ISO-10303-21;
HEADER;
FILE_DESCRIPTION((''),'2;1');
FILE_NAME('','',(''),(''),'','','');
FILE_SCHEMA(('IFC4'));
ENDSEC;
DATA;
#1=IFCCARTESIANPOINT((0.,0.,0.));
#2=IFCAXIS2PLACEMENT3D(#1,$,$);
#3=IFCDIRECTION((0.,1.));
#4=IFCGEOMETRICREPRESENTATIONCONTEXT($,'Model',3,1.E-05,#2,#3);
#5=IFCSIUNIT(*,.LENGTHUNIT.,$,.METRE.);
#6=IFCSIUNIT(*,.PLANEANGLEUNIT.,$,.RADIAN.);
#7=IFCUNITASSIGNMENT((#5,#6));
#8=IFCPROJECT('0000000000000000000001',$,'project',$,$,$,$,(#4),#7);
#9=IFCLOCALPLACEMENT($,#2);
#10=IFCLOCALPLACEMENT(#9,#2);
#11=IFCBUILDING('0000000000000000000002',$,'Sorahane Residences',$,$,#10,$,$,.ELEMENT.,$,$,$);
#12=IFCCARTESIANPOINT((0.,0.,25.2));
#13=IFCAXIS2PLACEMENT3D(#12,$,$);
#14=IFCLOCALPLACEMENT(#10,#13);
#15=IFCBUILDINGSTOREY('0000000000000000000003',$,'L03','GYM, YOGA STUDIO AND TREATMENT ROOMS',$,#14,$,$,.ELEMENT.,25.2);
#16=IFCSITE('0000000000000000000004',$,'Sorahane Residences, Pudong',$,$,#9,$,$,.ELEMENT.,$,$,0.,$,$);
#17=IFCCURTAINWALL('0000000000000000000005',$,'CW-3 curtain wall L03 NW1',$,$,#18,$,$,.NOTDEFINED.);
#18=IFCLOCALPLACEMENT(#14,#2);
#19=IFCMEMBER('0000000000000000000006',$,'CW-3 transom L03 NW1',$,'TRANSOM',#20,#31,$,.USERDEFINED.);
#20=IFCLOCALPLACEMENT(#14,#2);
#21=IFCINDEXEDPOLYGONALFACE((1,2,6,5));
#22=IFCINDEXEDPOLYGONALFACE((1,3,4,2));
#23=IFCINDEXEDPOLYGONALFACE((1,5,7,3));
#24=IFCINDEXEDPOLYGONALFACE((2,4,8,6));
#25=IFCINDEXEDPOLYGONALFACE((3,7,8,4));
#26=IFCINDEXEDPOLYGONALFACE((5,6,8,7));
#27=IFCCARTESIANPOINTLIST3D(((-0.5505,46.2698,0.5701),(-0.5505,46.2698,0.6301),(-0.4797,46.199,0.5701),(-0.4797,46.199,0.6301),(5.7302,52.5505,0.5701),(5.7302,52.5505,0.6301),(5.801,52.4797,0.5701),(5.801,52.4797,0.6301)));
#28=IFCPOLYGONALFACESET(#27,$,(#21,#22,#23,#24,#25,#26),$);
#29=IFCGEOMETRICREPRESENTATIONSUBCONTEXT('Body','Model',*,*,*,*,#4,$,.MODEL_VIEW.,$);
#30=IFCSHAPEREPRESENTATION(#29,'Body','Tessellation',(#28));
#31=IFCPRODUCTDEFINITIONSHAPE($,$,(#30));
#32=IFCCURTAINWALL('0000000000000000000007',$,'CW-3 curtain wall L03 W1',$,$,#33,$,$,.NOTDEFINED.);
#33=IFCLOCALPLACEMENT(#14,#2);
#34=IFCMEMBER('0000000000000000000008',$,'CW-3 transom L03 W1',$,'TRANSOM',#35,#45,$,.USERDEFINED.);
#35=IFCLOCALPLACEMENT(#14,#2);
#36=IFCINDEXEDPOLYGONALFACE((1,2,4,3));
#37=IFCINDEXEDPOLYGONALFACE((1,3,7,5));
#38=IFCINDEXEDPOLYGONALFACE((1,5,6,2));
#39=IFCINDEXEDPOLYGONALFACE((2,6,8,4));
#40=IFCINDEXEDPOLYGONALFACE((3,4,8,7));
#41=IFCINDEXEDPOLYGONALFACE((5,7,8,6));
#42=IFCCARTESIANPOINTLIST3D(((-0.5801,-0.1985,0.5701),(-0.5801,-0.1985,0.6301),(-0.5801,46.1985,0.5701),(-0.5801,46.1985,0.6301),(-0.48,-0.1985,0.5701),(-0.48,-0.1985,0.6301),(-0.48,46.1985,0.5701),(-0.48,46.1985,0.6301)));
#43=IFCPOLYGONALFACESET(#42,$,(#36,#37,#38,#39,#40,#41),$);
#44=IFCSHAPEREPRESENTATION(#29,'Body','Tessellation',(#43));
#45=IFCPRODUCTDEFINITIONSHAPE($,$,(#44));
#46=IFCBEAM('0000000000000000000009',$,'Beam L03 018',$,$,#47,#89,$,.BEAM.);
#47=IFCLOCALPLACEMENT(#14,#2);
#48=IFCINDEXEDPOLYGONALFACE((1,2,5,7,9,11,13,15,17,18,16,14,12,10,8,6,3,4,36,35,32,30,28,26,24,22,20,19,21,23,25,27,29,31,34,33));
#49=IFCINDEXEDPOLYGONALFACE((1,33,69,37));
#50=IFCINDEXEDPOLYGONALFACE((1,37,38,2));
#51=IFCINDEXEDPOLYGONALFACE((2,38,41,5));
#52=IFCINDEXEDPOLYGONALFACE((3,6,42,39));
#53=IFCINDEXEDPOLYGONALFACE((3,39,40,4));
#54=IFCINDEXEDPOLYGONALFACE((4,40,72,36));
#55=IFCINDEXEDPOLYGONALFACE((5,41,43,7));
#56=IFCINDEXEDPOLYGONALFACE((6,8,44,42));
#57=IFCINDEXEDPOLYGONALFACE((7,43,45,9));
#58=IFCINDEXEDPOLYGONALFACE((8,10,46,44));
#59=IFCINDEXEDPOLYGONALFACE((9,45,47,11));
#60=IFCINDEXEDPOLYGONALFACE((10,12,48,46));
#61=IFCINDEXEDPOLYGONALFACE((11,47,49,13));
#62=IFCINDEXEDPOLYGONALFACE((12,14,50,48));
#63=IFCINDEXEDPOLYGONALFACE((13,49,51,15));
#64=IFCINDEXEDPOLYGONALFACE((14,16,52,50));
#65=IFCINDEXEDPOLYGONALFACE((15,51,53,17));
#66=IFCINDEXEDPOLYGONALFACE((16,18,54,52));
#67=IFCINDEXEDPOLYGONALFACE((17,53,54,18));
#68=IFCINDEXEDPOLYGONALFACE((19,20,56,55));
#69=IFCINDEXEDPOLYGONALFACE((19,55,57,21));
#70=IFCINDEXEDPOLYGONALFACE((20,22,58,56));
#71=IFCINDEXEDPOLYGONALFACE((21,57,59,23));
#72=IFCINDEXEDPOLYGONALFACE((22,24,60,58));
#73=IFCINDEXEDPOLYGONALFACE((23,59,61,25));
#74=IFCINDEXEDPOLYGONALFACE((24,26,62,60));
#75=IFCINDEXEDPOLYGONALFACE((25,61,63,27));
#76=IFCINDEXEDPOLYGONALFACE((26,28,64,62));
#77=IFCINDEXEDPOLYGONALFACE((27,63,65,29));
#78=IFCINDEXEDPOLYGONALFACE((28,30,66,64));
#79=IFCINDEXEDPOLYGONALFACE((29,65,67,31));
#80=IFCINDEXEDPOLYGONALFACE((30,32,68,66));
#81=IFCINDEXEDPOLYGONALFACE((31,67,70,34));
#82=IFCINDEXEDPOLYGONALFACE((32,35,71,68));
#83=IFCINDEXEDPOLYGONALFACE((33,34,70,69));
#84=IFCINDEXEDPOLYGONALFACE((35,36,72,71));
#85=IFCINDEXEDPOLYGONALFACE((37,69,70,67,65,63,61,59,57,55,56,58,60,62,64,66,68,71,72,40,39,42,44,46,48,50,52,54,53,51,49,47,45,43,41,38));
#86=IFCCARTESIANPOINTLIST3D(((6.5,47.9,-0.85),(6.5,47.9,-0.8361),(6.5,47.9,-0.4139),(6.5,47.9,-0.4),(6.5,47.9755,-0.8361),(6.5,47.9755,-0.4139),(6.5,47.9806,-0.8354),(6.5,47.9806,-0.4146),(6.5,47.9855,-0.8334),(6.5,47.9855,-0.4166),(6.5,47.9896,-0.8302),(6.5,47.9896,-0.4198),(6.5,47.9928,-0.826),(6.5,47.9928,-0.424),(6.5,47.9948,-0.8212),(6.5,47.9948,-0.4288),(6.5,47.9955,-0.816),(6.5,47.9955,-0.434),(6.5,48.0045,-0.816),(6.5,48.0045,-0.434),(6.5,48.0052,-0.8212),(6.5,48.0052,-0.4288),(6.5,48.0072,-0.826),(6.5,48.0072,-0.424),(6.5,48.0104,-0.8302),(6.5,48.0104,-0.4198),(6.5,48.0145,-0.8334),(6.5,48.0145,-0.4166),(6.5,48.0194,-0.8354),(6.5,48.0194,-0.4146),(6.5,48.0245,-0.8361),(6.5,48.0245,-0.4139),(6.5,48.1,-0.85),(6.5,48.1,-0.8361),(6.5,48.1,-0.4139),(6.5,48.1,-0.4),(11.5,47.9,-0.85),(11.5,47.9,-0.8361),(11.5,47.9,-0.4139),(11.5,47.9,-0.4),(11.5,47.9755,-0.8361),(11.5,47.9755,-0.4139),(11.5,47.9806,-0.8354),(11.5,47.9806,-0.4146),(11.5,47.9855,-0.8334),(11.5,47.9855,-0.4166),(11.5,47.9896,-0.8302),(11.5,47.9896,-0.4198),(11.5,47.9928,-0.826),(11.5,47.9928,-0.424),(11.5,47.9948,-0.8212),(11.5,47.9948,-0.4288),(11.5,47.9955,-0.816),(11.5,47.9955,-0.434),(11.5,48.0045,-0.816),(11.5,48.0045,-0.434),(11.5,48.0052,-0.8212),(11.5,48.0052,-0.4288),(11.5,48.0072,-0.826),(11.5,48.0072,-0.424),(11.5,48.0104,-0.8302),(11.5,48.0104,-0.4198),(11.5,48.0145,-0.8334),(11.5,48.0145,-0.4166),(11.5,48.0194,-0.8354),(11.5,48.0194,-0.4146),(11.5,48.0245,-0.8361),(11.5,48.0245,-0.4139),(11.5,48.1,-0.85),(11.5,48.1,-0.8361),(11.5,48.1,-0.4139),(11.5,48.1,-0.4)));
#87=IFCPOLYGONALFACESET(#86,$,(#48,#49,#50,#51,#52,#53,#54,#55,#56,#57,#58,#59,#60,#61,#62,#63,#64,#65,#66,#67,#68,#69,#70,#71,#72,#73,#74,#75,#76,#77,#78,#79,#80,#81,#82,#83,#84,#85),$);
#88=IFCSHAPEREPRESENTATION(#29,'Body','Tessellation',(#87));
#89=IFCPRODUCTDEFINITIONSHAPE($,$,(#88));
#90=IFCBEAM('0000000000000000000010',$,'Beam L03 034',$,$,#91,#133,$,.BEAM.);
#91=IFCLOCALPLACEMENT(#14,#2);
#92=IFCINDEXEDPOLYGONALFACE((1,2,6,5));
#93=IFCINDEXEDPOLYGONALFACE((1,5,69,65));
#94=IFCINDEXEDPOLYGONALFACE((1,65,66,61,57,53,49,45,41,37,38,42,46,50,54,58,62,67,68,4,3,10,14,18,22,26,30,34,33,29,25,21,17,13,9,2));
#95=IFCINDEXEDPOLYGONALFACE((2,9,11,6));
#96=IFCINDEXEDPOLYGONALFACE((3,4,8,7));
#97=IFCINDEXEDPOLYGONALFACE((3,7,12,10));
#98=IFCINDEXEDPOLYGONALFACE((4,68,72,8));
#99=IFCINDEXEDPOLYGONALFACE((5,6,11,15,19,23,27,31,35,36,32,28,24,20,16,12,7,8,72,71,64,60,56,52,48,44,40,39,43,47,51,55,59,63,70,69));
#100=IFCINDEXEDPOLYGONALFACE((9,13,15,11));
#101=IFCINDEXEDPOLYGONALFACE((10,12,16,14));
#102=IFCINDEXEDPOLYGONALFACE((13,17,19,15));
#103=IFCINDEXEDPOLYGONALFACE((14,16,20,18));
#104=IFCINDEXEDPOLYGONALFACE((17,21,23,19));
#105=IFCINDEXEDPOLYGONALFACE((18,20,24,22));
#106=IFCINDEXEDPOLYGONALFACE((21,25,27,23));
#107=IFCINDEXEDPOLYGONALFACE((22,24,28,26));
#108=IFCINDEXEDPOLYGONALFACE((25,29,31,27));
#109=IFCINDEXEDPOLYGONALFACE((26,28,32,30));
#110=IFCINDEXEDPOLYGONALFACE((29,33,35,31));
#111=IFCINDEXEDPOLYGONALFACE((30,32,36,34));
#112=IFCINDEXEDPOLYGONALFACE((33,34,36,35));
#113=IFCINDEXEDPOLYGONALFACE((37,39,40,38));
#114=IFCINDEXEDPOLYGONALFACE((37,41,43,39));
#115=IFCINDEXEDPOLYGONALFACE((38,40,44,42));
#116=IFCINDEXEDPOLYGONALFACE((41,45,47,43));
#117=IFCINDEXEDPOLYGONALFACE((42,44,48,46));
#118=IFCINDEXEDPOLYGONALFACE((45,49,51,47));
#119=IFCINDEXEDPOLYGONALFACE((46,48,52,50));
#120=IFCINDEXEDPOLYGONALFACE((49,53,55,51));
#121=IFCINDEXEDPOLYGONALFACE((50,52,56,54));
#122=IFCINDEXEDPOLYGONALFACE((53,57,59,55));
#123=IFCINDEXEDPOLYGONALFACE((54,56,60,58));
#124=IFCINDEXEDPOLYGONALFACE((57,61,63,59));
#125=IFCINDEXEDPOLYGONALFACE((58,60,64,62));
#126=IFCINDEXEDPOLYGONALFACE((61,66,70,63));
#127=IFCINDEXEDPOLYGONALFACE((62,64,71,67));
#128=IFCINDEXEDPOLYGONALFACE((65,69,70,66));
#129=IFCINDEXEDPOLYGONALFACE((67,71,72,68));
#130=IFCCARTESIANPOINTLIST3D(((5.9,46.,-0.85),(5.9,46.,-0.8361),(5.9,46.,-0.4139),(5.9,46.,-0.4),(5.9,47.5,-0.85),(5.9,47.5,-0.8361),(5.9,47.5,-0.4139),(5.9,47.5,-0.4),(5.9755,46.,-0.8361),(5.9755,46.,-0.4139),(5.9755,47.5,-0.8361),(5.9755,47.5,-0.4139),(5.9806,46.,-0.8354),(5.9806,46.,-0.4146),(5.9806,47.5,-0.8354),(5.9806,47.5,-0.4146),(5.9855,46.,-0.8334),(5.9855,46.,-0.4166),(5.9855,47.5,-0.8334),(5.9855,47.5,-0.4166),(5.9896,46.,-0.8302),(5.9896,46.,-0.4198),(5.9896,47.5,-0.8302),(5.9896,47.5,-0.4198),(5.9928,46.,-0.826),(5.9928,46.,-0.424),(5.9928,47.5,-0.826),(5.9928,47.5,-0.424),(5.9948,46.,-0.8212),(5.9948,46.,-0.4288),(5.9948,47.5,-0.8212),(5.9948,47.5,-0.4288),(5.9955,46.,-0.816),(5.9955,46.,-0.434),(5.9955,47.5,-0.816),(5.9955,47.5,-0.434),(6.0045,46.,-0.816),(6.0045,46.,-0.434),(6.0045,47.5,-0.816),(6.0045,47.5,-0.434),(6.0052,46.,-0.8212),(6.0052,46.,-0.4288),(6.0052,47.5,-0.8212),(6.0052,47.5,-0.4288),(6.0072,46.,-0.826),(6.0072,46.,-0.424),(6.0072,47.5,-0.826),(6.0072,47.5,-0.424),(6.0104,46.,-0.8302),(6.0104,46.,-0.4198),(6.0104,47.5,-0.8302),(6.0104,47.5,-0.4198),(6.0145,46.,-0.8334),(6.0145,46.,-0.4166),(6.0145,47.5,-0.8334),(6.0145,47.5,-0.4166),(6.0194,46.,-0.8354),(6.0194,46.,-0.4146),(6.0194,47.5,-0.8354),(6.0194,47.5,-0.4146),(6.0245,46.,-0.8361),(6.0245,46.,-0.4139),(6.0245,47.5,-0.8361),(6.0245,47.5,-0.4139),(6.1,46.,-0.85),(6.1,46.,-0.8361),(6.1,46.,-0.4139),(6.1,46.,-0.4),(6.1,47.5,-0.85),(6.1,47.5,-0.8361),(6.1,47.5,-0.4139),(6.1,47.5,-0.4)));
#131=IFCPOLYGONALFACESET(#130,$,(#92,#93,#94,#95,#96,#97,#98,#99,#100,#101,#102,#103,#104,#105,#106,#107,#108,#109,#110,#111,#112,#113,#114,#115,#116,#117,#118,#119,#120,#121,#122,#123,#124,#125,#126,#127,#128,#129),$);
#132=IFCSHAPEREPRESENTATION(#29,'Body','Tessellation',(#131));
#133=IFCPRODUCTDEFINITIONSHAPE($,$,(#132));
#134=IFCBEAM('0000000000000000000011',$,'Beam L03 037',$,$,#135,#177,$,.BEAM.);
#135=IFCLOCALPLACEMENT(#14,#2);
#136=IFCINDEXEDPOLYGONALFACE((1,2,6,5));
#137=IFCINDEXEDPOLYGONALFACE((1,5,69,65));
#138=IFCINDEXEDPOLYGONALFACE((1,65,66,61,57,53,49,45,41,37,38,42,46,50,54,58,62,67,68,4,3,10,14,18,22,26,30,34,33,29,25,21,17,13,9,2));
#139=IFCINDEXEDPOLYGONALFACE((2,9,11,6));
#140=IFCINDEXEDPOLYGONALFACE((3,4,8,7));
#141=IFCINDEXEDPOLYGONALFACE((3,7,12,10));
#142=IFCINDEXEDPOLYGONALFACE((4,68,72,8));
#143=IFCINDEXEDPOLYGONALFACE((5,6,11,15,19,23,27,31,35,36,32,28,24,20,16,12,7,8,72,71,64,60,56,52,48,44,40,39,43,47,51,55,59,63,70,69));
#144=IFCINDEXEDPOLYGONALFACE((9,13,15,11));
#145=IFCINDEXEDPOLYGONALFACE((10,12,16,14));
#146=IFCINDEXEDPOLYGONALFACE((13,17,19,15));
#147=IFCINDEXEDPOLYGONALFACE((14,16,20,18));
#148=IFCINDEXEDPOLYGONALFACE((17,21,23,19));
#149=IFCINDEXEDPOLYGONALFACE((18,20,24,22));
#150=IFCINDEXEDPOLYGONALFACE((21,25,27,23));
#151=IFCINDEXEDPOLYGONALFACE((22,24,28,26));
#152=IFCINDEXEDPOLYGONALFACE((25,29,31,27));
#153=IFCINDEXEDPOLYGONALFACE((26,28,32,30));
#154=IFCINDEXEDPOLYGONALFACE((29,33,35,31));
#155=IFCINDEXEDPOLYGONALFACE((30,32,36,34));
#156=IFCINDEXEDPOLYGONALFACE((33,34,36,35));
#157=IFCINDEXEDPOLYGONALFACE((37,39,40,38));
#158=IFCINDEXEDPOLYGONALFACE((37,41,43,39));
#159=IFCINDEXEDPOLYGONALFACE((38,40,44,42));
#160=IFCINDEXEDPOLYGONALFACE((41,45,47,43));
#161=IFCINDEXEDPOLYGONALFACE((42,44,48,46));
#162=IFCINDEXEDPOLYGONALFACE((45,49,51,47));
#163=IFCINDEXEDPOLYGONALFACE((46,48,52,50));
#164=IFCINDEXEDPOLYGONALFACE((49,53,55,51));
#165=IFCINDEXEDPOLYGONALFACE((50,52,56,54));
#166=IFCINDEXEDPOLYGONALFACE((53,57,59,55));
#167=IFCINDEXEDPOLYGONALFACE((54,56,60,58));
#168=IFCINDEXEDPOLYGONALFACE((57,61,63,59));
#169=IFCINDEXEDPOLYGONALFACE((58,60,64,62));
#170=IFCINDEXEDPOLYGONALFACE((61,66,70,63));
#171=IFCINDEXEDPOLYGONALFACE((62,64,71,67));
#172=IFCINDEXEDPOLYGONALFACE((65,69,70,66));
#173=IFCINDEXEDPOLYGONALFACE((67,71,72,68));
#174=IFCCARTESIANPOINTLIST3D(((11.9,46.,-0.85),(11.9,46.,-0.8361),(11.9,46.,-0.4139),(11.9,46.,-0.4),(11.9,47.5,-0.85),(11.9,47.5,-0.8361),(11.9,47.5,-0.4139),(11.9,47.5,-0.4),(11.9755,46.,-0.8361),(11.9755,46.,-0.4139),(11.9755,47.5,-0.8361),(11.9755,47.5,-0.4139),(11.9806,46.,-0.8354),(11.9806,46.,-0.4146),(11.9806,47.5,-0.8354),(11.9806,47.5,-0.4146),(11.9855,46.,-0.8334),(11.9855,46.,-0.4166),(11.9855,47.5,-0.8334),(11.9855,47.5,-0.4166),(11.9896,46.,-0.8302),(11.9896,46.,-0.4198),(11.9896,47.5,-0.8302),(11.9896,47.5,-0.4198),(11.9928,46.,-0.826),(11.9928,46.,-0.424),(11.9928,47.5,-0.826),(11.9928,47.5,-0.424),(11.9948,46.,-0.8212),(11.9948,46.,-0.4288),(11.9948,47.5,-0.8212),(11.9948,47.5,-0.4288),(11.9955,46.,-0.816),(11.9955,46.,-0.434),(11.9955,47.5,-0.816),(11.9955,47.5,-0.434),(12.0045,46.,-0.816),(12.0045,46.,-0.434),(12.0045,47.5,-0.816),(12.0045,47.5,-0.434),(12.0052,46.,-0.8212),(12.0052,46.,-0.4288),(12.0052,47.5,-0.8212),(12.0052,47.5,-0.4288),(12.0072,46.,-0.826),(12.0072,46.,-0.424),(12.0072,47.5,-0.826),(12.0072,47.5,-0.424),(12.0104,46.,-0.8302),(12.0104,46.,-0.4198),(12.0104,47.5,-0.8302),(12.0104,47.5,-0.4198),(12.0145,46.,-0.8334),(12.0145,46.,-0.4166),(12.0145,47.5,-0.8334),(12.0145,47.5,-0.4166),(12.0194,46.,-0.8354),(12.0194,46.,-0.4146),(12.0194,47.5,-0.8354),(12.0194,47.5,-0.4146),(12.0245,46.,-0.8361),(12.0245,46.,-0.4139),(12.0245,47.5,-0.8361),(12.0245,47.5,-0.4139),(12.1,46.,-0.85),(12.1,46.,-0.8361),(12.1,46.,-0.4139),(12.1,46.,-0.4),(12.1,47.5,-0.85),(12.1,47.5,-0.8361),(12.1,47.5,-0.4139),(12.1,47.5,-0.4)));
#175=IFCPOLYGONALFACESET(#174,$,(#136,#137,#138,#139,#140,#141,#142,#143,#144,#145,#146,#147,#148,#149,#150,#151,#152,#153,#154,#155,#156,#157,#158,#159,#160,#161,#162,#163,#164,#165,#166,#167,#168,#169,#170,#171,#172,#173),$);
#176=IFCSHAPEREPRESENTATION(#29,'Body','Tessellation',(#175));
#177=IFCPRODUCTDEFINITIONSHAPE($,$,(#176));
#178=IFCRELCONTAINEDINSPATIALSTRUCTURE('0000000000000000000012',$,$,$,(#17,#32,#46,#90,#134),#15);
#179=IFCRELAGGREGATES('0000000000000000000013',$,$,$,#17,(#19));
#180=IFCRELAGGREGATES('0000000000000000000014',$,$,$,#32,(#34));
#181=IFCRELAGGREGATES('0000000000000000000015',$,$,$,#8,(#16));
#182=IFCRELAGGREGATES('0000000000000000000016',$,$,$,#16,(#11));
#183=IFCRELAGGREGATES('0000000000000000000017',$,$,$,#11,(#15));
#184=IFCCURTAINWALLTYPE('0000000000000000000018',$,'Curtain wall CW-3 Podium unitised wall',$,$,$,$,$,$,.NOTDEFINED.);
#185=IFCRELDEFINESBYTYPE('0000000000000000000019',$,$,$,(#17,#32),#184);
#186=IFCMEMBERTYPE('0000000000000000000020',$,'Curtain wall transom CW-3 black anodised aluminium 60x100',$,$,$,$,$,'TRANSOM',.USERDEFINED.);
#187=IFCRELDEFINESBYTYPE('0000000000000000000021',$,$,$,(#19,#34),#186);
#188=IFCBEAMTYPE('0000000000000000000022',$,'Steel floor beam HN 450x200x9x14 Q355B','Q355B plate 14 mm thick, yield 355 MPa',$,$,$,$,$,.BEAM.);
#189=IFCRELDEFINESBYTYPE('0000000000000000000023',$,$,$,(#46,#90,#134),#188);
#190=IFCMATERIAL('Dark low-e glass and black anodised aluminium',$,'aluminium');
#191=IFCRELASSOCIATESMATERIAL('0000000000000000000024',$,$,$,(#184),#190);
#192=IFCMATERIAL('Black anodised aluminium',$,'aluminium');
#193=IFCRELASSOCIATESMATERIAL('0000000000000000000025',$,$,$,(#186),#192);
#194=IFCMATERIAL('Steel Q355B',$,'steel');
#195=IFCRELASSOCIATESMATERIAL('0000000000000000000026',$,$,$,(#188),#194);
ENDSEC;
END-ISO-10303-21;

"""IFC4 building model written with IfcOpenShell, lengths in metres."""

from ifc_helpers import new_model, si_unit, direction, frame, origin, origin_2d, place, context, subcontext, project, spatial, rectangle, i_section, extrude, material, material_profile, profile_set, type_object, element, aggregate, save


model = new_model("IFC4")

# Units and contexts
model_context = context("Model", 3, precision=1e-05, world=origin(), true_north=direction((0.0, 1.0)))
body_context = subcontext(model_context, "Body", "Model", "MODEL_VIEW")
ifc_project = project(units=[si_unit("LENGTHUNIT", "METRE"), si_unit("PLANEANGLEUNIT", "RADIAN")], contexts=[model_context])

# Site, building, storey
site_placement = place(None, origin())
site = spatial("IfcSite", under=ifc_project, at=site_placement, Name="Sorahane Residences, Pudong", CompositionType="ELEMENT", RefElevation=0.0)
building_placement = place(site_placement, origin())
building = spatial("IfcBuilding", under=site, at=building_placement, Name="Sorahane Residences", CompositionType="ELEMENT")
storey_placement = place(building_placement, frame((0.0, 0.0, 25.2)))
storey = spatial("IfcBuildingStorey", under=building, at=storey_placement, Name="L03", Description="GYM, YOGA STUDIO AND TREATMENT ROOMS", CompositionType="ELEMENT", Elevation=25.2)

# Curtain wall, member
ifc_material_1 = material(Name="Dark low-e glass and black anodised aluminium", Category="aluminium")
curtain_wall_type = type_object("IfcCurtainWallType", Name="Curtain wall CW-3 Podium unitised wall", PredefinedType="NOTDEFINED", material=ifc_material_1)
curtain_wall_1_placement = place(storey_placement, origin())
curtain_wall_1 = element("IfcCurtainWall", 1, at=curtain_wall_1_placement, inside=storey, type_object=curtain_wall_type, Name="CW-3 curtain wall L03 NW1", PredefinedType="NOTDEFINED")
ifc_material_2 = material(Name="Black anodised aluminium", Category="aluminium")
ifc_material_profile_1 = material_profile(ifc_material_2, rectangle(XDim=0.1001, YDim=0.0601, at=origin_2d()), Name="Curtain wall transom CW-3 black anodised aluminium 60x100")
ifc_profile_set_1 = profile_set([ifc_material_profile_1], Name="Black anodised aluminium")
member_type_1 = type_object("IfcMemberType", Name="Curtain wall transom CW-3 black anodised aluminium 60x100", ElementType="TRANSOM", PredefinedType="USERDEFINED", material=ifc_profile_set_1)
member_1_placement = place(storey_placement, frame((5.7656, 52.5151, 0.6001), z_axis=(-0.707107, -0.707107, 0.0), x_axis=(0.707107, -0.707107, 0.0)))
member_1 = element("IfcMember", 2, at=member_1_placement, type_object=member_type_1, Name="CW-3 transom L03 NW1", ObjectType="TRANSOM", PredefinedType="USERDEFINED", context=body_context, shape_type="SweptSolid", body=[
    extrude(rectangle(XDim=0.1001, YDim=0.0601, at=origin_2d()), origin(), (0.0, 0.0, 1.0), 8.8823),
])

# Curtain wall, member
curtain_wall_2_placement = place(storey_placement, origin())
curtain_wall_2 = element("IfcCurtainWall", 3, at=curtain_wall_2_placement, inside=storey, type_object=curtain_wall_type, Name="CW-3 curtain wall L03 W1", PredefinedType="NOTDEFINED")
member_2_placement = place(storey_placement, frame((-0.53, 46.1985, 0.6001), z_axis=(0.0, -1.0, 0.0), x_axis=(1.0, 0.0, 0.0)))
member_2 = element("IfcMember", 4, at=member_2_placement, type_object=member_type_1, Name="CW-3 transom L03 W1", ObjectType="TRANSOM", PredefinedType="USERDEFINED", context=body_context, shape_type="SweptSolid", body=[
    extrude(rectangle(XDim=0.1001, YDim=0.0601, at=origin_2d()), origin(), (0.0, 0.0, 1.0), 46.397),
])

# Beams
ifc_material_3 = material(Name="Steel Q355B", Category="steel")
ifc_material_profile_2 = material_profile(ifc_material_3, i_section(OverallWidth=0.2, OverallDepth=0.45, WebThickness=0.009, FlangeThickness=0.0139, FilletRadius=0.02, at=origin_2d()), Name="HN 450x200x9x14")
ifc_profile_set_2 = profile_set([ifc_material_profile_2], Name="Steel Q355B")
beam_type_1 = type_object("IfcBeamType", Name="Steel floor beam HN 450x200x9x14 Q355B", Description="Q355B plate 14 mm thick, yield 355 MPa", PredefinedType="BEAM", material=ifc_profile_set_2)
beam_1_placement = place(storey_placement, frame((6.5, 48.0, -0.625), z_axis=(1.0, 0.0, 0.0), x_axis=(0.0, 1.0, 0.0)))
element("IfcBeam", 5, at=beam_1_placement, inside=storey, type_object=beam_type_1, Name="Beam L03 018", PredefinedType="BEAM", context=body_context, shape_type="SweptSolid", body=[
    extrude(i_section(OverallWidth=0.2, OverallDepth=0.45, WebThickness=0.009, FlangeThickness=0.0139, FilletRadius=0.02, at=origin_2d()), origin(), (0.0, 0.0, 1.0), 5.0),
])
for number, where, z_axis, x_axis, name in (
    (6, (6.0, 46.0, -0.625), (0.0, 1.0, 0.0), (-1.0, 0.0, 0.0), "Beam L03 034"),
    (7, (12.0, 46.0, -0.625), (0.0, 1.0, 0.0), (-1.0, 0.0, 0.0), "Beam L03 037"),
):
    element("IfcBeam", number, at=place(storey_placement, frame(where, z_axis=z_axis, x_axis=x_axis)), inside=storey, type_object=beam_type_1, Name=name, PredefinedType="BEAM", context=body_context, shape_type="SweptSolid", body=[
        extrude(i_section(OverallWidth=0.2, OverallDepth=0.45, WebThickness=0.009, FlangeThickness=0.0139, FilletRadius=0.02, at=origin_2d()), origin(), (0.0, 0.0, 1.0), 1.5),
    ])

aggregate(curtain_wall_1, [member_1])
aggregate(curtain_wall_2, [member_2])

save(model, "model.ifc")
